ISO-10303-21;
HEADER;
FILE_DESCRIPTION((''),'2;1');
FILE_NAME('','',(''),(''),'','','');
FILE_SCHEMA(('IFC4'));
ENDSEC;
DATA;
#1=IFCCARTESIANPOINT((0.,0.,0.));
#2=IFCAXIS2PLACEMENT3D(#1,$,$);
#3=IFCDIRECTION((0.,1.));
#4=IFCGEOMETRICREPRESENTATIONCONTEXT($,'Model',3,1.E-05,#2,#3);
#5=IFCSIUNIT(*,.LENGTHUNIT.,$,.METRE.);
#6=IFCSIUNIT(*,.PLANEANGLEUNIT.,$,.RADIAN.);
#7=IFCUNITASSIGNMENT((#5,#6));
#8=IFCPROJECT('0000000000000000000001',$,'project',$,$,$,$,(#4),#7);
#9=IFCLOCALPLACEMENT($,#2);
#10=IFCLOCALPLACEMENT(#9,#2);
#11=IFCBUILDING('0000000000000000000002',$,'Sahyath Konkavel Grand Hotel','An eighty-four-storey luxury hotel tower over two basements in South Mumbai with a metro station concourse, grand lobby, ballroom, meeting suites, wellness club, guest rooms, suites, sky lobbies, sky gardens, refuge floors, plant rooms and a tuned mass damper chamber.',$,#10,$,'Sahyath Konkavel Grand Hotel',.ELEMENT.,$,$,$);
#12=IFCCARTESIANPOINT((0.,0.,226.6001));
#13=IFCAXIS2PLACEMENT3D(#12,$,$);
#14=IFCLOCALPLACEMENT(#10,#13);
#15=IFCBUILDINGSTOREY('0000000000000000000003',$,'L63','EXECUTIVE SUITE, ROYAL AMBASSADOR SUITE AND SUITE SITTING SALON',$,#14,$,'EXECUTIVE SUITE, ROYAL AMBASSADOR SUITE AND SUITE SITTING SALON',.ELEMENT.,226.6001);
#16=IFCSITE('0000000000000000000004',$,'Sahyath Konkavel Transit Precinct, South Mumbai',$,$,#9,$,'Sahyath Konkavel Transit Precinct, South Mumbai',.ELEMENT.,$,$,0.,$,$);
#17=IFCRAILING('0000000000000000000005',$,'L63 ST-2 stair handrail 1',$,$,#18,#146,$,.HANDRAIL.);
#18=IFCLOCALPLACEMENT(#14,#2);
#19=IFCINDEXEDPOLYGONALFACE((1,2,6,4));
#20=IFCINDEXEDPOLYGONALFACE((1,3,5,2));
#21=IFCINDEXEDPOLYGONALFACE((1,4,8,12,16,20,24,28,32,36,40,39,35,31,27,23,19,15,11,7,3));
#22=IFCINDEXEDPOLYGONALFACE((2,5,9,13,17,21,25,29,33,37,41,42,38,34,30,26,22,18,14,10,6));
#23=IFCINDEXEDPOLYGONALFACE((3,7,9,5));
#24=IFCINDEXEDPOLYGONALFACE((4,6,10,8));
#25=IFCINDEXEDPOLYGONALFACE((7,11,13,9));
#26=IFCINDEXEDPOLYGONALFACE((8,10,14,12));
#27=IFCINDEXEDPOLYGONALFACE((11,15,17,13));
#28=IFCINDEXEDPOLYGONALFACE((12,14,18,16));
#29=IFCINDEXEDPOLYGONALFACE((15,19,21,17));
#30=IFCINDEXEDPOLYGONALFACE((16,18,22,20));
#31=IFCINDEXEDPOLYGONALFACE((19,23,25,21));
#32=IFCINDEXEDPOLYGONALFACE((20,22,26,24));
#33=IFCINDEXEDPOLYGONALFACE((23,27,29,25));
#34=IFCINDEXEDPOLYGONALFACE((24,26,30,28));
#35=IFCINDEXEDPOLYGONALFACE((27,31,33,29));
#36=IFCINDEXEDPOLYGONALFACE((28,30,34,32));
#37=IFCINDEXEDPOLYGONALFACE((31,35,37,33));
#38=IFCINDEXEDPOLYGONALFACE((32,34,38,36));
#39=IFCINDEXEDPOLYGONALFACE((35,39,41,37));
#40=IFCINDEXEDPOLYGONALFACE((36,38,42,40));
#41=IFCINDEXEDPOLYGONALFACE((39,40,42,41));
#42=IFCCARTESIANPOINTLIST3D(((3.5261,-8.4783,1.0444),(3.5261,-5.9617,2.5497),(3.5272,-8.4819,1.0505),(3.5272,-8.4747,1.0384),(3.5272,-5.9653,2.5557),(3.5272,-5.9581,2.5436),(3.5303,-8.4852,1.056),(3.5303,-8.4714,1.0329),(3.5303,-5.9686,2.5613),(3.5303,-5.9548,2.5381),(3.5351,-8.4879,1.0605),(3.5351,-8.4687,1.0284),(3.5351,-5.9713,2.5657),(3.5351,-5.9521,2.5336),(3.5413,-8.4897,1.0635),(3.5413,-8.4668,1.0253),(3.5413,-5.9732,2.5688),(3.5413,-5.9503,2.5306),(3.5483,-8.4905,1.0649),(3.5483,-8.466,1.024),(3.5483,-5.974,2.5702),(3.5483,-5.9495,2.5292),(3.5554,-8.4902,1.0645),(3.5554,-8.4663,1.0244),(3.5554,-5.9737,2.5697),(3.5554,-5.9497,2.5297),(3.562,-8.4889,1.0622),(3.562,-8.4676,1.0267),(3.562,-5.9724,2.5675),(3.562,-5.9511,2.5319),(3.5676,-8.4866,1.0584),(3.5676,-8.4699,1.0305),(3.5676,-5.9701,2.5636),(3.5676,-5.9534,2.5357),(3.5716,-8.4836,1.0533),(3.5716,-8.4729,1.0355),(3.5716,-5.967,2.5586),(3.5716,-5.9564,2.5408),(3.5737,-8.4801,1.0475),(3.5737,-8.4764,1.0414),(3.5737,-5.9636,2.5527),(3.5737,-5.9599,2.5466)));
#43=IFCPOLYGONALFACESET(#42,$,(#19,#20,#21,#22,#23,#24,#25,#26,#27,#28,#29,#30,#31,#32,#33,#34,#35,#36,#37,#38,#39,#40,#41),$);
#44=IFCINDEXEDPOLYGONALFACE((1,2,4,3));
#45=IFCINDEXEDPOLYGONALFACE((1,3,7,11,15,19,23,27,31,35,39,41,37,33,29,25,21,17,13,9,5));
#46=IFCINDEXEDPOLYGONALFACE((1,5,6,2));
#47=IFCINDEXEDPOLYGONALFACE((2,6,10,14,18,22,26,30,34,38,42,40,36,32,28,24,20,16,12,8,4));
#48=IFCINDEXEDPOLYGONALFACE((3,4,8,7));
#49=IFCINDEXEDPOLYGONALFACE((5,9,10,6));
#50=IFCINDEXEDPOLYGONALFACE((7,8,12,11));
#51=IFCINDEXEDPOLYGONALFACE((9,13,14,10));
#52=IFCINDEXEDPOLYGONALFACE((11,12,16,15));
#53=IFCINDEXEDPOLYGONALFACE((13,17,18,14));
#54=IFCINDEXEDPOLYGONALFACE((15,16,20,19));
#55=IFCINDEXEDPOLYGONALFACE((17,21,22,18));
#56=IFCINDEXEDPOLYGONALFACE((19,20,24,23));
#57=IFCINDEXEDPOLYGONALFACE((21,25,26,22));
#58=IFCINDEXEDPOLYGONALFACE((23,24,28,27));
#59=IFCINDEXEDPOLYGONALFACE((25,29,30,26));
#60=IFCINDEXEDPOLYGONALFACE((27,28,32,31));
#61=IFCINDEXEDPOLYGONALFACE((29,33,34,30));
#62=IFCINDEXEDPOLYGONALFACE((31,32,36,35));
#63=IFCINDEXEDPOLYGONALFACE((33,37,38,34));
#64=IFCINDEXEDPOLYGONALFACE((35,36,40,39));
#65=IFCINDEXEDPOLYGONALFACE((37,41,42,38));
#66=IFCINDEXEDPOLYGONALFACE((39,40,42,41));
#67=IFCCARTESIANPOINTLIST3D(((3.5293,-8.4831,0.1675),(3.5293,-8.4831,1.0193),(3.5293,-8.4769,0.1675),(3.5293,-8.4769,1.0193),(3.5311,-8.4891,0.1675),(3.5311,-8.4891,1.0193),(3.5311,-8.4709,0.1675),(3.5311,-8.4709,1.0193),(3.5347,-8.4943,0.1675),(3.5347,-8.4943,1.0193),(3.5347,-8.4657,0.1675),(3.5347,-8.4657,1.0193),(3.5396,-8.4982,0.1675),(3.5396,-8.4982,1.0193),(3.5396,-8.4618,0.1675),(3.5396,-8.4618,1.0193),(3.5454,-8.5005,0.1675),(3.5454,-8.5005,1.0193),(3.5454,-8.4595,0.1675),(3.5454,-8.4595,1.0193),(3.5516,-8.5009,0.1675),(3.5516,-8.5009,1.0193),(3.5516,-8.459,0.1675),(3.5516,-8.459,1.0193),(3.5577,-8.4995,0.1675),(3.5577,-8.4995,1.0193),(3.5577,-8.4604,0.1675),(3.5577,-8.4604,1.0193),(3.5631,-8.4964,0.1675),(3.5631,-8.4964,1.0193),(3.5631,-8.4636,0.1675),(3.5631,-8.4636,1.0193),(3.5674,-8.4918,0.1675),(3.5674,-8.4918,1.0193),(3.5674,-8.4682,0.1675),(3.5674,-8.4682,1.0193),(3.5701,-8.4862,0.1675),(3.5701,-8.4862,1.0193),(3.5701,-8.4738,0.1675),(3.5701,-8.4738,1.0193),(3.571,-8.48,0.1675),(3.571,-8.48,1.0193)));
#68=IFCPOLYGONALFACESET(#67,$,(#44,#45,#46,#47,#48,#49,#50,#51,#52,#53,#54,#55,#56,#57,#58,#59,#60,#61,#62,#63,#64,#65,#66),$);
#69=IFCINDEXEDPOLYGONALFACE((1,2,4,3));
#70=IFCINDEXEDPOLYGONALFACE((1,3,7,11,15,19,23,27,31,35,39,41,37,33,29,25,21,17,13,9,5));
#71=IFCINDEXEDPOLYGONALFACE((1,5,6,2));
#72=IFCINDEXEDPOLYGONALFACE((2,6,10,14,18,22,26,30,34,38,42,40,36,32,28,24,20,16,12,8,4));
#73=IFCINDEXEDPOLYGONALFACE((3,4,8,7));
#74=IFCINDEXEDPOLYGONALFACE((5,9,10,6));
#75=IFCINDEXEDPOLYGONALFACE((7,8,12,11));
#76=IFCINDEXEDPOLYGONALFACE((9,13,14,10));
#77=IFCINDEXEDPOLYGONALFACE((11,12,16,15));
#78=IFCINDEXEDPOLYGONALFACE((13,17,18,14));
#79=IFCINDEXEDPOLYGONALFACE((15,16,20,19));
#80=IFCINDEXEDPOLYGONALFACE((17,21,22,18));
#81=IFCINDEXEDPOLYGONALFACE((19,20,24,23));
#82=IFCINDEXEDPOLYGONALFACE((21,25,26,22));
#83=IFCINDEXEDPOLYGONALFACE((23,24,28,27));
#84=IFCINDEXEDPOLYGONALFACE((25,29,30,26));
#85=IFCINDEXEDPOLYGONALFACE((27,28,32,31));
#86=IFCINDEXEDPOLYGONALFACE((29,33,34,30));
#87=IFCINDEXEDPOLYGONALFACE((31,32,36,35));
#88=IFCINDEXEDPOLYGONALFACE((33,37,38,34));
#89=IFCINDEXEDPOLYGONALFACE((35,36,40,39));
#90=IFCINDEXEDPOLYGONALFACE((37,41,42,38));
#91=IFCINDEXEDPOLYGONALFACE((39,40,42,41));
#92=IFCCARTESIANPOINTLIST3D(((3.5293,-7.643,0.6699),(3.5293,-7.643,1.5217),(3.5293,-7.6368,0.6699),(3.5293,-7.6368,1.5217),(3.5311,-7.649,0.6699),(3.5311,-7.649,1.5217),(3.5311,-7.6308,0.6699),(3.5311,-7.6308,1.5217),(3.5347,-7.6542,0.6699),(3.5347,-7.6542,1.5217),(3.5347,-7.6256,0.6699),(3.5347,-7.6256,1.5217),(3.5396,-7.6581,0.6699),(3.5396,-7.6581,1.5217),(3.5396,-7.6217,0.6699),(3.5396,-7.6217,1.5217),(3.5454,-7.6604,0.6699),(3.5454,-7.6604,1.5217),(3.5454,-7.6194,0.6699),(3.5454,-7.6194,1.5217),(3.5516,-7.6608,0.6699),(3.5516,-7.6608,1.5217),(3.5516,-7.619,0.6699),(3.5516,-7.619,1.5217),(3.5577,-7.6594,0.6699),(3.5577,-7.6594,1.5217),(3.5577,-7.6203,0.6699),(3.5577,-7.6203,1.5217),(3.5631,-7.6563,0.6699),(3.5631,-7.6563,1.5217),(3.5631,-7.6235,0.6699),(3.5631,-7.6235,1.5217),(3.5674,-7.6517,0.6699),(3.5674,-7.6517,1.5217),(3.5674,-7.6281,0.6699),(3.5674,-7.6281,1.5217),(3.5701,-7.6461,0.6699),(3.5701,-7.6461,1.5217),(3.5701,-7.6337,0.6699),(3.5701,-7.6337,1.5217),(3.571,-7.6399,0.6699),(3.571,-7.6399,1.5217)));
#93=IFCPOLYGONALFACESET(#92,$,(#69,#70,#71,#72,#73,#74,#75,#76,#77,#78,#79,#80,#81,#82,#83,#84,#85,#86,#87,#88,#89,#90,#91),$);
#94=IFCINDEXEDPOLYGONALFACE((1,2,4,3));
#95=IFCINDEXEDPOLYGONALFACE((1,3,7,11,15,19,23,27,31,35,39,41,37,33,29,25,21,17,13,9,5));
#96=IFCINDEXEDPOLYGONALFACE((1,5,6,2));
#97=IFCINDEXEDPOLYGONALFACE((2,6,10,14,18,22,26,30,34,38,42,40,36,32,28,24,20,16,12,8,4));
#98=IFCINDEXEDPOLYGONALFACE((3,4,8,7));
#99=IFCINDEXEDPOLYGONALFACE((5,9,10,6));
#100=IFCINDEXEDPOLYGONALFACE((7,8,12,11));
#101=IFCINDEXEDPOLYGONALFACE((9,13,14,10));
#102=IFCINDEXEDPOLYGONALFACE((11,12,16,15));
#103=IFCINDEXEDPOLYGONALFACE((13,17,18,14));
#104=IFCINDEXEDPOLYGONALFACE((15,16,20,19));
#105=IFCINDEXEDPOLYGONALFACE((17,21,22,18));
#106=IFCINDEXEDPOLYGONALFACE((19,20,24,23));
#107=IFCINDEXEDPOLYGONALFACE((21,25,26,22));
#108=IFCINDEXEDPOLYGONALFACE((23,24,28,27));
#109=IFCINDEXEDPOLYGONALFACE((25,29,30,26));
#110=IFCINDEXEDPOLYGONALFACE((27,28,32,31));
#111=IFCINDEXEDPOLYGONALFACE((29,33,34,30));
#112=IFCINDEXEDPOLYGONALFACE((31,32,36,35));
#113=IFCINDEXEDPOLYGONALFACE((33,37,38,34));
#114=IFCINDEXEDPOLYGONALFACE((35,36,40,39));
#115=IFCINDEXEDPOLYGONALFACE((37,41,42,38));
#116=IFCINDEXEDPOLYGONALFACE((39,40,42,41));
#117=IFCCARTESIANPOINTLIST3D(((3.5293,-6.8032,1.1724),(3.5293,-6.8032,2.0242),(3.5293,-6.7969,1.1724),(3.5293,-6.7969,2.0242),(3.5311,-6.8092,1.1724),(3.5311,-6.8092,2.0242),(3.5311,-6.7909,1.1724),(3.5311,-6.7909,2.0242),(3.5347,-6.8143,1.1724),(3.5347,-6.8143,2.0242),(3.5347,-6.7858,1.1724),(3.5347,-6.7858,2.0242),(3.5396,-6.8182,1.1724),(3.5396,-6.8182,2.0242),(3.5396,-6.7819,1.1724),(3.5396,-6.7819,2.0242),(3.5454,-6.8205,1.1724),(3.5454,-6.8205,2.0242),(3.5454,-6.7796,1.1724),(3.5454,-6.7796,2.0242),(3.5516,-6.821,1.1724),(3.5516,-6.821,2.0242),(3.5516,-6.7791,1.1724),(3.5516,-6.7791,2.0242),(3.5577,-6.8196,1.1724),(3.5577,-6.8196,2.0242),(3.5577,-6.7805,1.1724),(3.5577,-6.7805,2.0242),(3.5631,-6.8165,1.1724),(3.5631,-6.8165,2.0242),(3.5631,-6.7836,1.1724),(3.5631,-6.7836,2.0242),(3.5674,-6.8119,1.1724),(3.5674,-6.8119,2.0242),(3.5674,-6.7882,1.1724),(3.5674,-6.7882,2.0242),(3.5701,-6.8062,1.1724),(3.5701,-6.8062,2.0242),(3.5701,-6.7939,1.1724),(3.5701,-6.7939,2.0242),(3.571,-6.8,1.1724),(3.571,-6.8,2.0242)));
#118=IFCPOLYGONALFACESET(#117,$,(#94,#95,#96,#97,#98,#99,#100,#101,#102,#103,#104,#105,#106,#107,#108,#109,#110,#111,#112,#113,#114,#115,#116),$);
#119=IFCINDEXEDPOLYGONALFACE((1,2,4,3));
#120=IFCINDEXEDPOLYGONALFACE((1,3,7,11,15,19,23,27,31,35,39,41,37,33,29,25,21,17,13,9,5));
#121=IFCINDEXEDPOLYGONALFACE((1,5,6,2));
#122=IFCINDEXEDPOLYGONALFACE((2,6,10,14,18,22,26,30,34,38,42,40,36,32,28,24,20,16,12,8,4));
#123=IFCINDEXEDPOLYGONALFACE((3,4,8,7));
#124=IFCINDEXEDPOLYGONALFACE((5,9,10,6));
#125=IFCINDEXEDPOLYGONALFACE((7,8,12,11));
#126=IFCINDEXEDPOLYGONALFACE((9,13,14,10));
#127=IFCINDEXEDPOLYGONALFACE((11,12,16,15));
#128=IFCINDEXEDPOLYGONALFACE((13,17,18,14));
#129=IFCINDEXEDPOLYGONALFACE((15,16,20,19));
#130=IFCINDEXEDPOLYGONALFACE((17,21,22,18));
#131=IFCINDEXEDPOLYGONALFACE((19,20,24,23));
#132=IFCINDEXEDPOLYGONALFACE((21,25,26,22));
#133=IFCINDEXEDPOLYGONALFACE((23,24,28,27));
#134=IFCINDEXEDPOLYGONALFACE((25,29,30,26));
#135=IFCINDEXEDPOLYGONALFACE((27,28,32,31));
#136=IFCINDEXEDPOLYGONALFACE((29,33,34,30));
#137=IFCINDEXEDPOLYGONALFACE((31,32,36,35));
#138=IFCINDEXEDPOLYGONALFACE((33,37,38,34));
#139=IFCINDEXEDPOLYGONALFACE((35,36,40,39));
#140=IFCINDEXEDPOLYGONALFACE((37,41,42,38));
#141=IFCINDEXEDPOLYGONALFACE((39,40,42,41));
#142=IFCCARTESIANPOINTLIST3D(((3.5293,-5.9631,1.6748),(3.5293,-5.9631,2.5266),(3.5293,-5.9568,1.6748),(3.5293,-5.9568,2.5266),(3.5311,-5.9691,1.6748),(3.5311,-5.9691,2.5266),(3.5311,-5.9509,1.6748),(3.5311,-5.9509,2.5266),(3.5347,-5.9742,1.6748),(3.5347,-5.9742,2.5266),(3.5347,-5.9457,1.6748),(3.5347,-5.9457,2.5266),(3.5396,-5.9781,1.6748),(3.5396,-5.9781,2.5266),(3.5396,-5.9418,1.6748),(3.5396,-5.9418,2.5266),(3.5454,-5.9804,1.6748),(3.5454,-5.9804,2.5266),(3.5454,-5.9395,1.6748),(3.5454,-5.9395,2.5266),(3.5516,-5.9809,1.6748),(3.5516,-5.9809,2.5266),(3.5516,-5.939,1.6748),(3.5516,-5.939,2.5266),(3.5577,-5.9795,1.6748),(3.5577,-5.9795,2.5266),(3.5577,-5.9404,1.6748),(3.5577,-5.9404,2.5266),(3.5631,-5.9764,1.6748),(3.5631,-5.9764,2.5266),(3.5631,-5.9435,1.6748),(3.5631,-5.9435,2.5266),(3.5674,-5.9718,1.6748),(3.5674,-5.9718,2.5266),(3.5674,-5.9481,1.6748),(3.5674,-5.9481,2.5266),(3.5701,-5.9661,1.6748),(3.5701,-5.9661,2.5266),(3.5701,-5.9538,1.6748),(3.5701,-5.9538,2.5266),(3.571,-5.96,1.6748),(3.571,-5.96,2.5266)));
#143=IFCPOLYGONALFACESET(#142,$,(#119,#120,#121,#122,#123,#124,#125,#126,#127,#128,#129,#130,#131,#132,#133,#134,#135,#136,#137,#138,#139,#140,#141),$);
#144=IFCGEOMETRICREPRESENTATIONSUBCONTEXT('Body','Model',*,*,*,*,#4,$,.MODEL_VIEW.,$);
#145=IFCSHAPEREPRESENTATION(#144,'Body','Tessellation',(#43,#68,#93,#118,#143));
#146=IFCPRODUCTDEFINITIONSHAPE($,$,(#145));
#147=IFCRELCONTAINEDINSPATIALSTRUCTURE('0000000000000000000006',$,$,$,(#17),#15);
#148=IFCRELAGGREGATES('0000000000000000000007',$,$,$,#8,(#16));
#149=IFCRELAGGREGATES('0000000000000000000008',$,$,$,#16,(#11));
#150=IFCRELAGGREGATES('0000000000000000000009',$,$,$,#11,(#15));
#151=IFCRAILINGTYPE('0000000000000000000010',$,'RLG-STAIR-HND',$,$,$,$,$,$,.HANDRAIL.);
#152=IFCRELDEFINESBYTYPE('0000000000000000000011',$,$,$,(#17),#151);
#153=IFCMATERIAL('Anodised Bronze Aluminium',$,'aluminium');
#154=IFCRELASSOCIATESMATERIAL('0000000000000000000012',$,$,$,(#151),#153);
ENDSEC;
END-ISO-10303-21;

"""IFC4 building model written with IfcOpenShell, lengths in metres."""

from ifc_helpers import new_model, si_unit, direction, frame, origin, origin_2d, place, context, subcontext, project, spatial, circle, extrude, material, type_object, element, save


model = new_model("IFC4")

# Units and contexts
model_context = context("Model", 3, precision=1e-05, world=origin(), true_north=direction((0.0, 1.0)))
body_context = subcontext(model_context, "Body", "Model", "MODEL_VIEW")
ifc_project = project(units=[si_unit("LENGTHUNIT", "METRE"), si_unit("PLANEANGLEUNIT", "RADIAN")], contexts=[model_context])

# Site, building, storey
site_placement = place(None, origin())
site = spatial("IfcSite", under=ifc_project, at=site_placement, Name="Sahyath Konkavel Transit Precinct, South Mumbai", LongName="Sahyath Konkavel Transit Precinct, South Mumbai", CompositionType="ELEMENT", RefElevation=0.0)
building_placement = place(site_placement, origin())
building = spatial("IfcBuilding", under=site, at=building_placement, Name="Sahyath Konkavel Grand Hotel", Description="An eighty-four-storey luxury hotel tower over two basements in South Mumbai with a metro station concourse, grand lobby, ballroom, meeting suites, wellness club, guest rooms, suites, sky lobbies, sky gardens, refuge floors, plant rooms and a tuned mass damper chamber.", LongName="Sahyath Konkavel Grand Hotel", CompositionType="ELEMENT")
storey_placement = place(building_placement, frame((0.0, 0.0, 226.6001)))
storey = spatial("IfcBuildingStorey", under=building, at=storey_placement, Name="L63", Description="EXECUTIVE SUITE, ROYAL AMBASSADOR SUITE AND SUITE SITTING SALON", LongName="EXECUTIVE SUITE, ROYAL AMBASSADOR SUITE AND SUITE SITTING SALON", CompositionType="ELEMENT", Elevation=226.6001)

# Shared definitions
ifc_material_1 = material(Name="Anodised Bronze Aluminium", Category="aluminium")

# Railing
railing_type_1 = type_object("IfcRailingType", Name="RLG-STAIR-HND", PredefinedType="HANDRAIL", material=ifc_material_1)
railing_1_placement = place(storey_placement, frame((3.55, -8.48, 0.1675)))
element("IfcRailing", 1, at=railing_1_placement, inside=storey, type_object=railing_type_1, Name="L63 ST-2 stair handrail 1", PredefinedType="HANDRAIL", context=body_context, shape_type="SweptSolid", body=[
    extrude(circle(Radius=0.0239, at=origin_2d()), frame((0.0, 0.0017, 0.877), z_axis=(0.0, 0.858196, 0.513321), x_axis=(-1.0, 0.0, 0.0)), (0.0, 0.0, 1.0), 2.9324),
    extrude(circle(Radius=0.021, at=origin_2d()), origin(), (0.0, 0.0, 1.0), 0.8518),
    extrude(circle(Radius=0.021, at=origin_2d()), frame((0.0, 0.8401, 0.5024)), (0.0, 0.0, 1.0), 0.8518),
    extrude(circle(Radius=0.021, at=origin_2d()), frame((0.0, 1.6799, 1.0049)), (0.0, 0.0, 1.0), 0.8518),
    extrude(circle(Radius=0.021, at=origin_2d()), frame((0.0, 2.52, 1.5073)), (0.0, 0.0, 1.0), 0.8518),
])

save(model, "model.ifc")
